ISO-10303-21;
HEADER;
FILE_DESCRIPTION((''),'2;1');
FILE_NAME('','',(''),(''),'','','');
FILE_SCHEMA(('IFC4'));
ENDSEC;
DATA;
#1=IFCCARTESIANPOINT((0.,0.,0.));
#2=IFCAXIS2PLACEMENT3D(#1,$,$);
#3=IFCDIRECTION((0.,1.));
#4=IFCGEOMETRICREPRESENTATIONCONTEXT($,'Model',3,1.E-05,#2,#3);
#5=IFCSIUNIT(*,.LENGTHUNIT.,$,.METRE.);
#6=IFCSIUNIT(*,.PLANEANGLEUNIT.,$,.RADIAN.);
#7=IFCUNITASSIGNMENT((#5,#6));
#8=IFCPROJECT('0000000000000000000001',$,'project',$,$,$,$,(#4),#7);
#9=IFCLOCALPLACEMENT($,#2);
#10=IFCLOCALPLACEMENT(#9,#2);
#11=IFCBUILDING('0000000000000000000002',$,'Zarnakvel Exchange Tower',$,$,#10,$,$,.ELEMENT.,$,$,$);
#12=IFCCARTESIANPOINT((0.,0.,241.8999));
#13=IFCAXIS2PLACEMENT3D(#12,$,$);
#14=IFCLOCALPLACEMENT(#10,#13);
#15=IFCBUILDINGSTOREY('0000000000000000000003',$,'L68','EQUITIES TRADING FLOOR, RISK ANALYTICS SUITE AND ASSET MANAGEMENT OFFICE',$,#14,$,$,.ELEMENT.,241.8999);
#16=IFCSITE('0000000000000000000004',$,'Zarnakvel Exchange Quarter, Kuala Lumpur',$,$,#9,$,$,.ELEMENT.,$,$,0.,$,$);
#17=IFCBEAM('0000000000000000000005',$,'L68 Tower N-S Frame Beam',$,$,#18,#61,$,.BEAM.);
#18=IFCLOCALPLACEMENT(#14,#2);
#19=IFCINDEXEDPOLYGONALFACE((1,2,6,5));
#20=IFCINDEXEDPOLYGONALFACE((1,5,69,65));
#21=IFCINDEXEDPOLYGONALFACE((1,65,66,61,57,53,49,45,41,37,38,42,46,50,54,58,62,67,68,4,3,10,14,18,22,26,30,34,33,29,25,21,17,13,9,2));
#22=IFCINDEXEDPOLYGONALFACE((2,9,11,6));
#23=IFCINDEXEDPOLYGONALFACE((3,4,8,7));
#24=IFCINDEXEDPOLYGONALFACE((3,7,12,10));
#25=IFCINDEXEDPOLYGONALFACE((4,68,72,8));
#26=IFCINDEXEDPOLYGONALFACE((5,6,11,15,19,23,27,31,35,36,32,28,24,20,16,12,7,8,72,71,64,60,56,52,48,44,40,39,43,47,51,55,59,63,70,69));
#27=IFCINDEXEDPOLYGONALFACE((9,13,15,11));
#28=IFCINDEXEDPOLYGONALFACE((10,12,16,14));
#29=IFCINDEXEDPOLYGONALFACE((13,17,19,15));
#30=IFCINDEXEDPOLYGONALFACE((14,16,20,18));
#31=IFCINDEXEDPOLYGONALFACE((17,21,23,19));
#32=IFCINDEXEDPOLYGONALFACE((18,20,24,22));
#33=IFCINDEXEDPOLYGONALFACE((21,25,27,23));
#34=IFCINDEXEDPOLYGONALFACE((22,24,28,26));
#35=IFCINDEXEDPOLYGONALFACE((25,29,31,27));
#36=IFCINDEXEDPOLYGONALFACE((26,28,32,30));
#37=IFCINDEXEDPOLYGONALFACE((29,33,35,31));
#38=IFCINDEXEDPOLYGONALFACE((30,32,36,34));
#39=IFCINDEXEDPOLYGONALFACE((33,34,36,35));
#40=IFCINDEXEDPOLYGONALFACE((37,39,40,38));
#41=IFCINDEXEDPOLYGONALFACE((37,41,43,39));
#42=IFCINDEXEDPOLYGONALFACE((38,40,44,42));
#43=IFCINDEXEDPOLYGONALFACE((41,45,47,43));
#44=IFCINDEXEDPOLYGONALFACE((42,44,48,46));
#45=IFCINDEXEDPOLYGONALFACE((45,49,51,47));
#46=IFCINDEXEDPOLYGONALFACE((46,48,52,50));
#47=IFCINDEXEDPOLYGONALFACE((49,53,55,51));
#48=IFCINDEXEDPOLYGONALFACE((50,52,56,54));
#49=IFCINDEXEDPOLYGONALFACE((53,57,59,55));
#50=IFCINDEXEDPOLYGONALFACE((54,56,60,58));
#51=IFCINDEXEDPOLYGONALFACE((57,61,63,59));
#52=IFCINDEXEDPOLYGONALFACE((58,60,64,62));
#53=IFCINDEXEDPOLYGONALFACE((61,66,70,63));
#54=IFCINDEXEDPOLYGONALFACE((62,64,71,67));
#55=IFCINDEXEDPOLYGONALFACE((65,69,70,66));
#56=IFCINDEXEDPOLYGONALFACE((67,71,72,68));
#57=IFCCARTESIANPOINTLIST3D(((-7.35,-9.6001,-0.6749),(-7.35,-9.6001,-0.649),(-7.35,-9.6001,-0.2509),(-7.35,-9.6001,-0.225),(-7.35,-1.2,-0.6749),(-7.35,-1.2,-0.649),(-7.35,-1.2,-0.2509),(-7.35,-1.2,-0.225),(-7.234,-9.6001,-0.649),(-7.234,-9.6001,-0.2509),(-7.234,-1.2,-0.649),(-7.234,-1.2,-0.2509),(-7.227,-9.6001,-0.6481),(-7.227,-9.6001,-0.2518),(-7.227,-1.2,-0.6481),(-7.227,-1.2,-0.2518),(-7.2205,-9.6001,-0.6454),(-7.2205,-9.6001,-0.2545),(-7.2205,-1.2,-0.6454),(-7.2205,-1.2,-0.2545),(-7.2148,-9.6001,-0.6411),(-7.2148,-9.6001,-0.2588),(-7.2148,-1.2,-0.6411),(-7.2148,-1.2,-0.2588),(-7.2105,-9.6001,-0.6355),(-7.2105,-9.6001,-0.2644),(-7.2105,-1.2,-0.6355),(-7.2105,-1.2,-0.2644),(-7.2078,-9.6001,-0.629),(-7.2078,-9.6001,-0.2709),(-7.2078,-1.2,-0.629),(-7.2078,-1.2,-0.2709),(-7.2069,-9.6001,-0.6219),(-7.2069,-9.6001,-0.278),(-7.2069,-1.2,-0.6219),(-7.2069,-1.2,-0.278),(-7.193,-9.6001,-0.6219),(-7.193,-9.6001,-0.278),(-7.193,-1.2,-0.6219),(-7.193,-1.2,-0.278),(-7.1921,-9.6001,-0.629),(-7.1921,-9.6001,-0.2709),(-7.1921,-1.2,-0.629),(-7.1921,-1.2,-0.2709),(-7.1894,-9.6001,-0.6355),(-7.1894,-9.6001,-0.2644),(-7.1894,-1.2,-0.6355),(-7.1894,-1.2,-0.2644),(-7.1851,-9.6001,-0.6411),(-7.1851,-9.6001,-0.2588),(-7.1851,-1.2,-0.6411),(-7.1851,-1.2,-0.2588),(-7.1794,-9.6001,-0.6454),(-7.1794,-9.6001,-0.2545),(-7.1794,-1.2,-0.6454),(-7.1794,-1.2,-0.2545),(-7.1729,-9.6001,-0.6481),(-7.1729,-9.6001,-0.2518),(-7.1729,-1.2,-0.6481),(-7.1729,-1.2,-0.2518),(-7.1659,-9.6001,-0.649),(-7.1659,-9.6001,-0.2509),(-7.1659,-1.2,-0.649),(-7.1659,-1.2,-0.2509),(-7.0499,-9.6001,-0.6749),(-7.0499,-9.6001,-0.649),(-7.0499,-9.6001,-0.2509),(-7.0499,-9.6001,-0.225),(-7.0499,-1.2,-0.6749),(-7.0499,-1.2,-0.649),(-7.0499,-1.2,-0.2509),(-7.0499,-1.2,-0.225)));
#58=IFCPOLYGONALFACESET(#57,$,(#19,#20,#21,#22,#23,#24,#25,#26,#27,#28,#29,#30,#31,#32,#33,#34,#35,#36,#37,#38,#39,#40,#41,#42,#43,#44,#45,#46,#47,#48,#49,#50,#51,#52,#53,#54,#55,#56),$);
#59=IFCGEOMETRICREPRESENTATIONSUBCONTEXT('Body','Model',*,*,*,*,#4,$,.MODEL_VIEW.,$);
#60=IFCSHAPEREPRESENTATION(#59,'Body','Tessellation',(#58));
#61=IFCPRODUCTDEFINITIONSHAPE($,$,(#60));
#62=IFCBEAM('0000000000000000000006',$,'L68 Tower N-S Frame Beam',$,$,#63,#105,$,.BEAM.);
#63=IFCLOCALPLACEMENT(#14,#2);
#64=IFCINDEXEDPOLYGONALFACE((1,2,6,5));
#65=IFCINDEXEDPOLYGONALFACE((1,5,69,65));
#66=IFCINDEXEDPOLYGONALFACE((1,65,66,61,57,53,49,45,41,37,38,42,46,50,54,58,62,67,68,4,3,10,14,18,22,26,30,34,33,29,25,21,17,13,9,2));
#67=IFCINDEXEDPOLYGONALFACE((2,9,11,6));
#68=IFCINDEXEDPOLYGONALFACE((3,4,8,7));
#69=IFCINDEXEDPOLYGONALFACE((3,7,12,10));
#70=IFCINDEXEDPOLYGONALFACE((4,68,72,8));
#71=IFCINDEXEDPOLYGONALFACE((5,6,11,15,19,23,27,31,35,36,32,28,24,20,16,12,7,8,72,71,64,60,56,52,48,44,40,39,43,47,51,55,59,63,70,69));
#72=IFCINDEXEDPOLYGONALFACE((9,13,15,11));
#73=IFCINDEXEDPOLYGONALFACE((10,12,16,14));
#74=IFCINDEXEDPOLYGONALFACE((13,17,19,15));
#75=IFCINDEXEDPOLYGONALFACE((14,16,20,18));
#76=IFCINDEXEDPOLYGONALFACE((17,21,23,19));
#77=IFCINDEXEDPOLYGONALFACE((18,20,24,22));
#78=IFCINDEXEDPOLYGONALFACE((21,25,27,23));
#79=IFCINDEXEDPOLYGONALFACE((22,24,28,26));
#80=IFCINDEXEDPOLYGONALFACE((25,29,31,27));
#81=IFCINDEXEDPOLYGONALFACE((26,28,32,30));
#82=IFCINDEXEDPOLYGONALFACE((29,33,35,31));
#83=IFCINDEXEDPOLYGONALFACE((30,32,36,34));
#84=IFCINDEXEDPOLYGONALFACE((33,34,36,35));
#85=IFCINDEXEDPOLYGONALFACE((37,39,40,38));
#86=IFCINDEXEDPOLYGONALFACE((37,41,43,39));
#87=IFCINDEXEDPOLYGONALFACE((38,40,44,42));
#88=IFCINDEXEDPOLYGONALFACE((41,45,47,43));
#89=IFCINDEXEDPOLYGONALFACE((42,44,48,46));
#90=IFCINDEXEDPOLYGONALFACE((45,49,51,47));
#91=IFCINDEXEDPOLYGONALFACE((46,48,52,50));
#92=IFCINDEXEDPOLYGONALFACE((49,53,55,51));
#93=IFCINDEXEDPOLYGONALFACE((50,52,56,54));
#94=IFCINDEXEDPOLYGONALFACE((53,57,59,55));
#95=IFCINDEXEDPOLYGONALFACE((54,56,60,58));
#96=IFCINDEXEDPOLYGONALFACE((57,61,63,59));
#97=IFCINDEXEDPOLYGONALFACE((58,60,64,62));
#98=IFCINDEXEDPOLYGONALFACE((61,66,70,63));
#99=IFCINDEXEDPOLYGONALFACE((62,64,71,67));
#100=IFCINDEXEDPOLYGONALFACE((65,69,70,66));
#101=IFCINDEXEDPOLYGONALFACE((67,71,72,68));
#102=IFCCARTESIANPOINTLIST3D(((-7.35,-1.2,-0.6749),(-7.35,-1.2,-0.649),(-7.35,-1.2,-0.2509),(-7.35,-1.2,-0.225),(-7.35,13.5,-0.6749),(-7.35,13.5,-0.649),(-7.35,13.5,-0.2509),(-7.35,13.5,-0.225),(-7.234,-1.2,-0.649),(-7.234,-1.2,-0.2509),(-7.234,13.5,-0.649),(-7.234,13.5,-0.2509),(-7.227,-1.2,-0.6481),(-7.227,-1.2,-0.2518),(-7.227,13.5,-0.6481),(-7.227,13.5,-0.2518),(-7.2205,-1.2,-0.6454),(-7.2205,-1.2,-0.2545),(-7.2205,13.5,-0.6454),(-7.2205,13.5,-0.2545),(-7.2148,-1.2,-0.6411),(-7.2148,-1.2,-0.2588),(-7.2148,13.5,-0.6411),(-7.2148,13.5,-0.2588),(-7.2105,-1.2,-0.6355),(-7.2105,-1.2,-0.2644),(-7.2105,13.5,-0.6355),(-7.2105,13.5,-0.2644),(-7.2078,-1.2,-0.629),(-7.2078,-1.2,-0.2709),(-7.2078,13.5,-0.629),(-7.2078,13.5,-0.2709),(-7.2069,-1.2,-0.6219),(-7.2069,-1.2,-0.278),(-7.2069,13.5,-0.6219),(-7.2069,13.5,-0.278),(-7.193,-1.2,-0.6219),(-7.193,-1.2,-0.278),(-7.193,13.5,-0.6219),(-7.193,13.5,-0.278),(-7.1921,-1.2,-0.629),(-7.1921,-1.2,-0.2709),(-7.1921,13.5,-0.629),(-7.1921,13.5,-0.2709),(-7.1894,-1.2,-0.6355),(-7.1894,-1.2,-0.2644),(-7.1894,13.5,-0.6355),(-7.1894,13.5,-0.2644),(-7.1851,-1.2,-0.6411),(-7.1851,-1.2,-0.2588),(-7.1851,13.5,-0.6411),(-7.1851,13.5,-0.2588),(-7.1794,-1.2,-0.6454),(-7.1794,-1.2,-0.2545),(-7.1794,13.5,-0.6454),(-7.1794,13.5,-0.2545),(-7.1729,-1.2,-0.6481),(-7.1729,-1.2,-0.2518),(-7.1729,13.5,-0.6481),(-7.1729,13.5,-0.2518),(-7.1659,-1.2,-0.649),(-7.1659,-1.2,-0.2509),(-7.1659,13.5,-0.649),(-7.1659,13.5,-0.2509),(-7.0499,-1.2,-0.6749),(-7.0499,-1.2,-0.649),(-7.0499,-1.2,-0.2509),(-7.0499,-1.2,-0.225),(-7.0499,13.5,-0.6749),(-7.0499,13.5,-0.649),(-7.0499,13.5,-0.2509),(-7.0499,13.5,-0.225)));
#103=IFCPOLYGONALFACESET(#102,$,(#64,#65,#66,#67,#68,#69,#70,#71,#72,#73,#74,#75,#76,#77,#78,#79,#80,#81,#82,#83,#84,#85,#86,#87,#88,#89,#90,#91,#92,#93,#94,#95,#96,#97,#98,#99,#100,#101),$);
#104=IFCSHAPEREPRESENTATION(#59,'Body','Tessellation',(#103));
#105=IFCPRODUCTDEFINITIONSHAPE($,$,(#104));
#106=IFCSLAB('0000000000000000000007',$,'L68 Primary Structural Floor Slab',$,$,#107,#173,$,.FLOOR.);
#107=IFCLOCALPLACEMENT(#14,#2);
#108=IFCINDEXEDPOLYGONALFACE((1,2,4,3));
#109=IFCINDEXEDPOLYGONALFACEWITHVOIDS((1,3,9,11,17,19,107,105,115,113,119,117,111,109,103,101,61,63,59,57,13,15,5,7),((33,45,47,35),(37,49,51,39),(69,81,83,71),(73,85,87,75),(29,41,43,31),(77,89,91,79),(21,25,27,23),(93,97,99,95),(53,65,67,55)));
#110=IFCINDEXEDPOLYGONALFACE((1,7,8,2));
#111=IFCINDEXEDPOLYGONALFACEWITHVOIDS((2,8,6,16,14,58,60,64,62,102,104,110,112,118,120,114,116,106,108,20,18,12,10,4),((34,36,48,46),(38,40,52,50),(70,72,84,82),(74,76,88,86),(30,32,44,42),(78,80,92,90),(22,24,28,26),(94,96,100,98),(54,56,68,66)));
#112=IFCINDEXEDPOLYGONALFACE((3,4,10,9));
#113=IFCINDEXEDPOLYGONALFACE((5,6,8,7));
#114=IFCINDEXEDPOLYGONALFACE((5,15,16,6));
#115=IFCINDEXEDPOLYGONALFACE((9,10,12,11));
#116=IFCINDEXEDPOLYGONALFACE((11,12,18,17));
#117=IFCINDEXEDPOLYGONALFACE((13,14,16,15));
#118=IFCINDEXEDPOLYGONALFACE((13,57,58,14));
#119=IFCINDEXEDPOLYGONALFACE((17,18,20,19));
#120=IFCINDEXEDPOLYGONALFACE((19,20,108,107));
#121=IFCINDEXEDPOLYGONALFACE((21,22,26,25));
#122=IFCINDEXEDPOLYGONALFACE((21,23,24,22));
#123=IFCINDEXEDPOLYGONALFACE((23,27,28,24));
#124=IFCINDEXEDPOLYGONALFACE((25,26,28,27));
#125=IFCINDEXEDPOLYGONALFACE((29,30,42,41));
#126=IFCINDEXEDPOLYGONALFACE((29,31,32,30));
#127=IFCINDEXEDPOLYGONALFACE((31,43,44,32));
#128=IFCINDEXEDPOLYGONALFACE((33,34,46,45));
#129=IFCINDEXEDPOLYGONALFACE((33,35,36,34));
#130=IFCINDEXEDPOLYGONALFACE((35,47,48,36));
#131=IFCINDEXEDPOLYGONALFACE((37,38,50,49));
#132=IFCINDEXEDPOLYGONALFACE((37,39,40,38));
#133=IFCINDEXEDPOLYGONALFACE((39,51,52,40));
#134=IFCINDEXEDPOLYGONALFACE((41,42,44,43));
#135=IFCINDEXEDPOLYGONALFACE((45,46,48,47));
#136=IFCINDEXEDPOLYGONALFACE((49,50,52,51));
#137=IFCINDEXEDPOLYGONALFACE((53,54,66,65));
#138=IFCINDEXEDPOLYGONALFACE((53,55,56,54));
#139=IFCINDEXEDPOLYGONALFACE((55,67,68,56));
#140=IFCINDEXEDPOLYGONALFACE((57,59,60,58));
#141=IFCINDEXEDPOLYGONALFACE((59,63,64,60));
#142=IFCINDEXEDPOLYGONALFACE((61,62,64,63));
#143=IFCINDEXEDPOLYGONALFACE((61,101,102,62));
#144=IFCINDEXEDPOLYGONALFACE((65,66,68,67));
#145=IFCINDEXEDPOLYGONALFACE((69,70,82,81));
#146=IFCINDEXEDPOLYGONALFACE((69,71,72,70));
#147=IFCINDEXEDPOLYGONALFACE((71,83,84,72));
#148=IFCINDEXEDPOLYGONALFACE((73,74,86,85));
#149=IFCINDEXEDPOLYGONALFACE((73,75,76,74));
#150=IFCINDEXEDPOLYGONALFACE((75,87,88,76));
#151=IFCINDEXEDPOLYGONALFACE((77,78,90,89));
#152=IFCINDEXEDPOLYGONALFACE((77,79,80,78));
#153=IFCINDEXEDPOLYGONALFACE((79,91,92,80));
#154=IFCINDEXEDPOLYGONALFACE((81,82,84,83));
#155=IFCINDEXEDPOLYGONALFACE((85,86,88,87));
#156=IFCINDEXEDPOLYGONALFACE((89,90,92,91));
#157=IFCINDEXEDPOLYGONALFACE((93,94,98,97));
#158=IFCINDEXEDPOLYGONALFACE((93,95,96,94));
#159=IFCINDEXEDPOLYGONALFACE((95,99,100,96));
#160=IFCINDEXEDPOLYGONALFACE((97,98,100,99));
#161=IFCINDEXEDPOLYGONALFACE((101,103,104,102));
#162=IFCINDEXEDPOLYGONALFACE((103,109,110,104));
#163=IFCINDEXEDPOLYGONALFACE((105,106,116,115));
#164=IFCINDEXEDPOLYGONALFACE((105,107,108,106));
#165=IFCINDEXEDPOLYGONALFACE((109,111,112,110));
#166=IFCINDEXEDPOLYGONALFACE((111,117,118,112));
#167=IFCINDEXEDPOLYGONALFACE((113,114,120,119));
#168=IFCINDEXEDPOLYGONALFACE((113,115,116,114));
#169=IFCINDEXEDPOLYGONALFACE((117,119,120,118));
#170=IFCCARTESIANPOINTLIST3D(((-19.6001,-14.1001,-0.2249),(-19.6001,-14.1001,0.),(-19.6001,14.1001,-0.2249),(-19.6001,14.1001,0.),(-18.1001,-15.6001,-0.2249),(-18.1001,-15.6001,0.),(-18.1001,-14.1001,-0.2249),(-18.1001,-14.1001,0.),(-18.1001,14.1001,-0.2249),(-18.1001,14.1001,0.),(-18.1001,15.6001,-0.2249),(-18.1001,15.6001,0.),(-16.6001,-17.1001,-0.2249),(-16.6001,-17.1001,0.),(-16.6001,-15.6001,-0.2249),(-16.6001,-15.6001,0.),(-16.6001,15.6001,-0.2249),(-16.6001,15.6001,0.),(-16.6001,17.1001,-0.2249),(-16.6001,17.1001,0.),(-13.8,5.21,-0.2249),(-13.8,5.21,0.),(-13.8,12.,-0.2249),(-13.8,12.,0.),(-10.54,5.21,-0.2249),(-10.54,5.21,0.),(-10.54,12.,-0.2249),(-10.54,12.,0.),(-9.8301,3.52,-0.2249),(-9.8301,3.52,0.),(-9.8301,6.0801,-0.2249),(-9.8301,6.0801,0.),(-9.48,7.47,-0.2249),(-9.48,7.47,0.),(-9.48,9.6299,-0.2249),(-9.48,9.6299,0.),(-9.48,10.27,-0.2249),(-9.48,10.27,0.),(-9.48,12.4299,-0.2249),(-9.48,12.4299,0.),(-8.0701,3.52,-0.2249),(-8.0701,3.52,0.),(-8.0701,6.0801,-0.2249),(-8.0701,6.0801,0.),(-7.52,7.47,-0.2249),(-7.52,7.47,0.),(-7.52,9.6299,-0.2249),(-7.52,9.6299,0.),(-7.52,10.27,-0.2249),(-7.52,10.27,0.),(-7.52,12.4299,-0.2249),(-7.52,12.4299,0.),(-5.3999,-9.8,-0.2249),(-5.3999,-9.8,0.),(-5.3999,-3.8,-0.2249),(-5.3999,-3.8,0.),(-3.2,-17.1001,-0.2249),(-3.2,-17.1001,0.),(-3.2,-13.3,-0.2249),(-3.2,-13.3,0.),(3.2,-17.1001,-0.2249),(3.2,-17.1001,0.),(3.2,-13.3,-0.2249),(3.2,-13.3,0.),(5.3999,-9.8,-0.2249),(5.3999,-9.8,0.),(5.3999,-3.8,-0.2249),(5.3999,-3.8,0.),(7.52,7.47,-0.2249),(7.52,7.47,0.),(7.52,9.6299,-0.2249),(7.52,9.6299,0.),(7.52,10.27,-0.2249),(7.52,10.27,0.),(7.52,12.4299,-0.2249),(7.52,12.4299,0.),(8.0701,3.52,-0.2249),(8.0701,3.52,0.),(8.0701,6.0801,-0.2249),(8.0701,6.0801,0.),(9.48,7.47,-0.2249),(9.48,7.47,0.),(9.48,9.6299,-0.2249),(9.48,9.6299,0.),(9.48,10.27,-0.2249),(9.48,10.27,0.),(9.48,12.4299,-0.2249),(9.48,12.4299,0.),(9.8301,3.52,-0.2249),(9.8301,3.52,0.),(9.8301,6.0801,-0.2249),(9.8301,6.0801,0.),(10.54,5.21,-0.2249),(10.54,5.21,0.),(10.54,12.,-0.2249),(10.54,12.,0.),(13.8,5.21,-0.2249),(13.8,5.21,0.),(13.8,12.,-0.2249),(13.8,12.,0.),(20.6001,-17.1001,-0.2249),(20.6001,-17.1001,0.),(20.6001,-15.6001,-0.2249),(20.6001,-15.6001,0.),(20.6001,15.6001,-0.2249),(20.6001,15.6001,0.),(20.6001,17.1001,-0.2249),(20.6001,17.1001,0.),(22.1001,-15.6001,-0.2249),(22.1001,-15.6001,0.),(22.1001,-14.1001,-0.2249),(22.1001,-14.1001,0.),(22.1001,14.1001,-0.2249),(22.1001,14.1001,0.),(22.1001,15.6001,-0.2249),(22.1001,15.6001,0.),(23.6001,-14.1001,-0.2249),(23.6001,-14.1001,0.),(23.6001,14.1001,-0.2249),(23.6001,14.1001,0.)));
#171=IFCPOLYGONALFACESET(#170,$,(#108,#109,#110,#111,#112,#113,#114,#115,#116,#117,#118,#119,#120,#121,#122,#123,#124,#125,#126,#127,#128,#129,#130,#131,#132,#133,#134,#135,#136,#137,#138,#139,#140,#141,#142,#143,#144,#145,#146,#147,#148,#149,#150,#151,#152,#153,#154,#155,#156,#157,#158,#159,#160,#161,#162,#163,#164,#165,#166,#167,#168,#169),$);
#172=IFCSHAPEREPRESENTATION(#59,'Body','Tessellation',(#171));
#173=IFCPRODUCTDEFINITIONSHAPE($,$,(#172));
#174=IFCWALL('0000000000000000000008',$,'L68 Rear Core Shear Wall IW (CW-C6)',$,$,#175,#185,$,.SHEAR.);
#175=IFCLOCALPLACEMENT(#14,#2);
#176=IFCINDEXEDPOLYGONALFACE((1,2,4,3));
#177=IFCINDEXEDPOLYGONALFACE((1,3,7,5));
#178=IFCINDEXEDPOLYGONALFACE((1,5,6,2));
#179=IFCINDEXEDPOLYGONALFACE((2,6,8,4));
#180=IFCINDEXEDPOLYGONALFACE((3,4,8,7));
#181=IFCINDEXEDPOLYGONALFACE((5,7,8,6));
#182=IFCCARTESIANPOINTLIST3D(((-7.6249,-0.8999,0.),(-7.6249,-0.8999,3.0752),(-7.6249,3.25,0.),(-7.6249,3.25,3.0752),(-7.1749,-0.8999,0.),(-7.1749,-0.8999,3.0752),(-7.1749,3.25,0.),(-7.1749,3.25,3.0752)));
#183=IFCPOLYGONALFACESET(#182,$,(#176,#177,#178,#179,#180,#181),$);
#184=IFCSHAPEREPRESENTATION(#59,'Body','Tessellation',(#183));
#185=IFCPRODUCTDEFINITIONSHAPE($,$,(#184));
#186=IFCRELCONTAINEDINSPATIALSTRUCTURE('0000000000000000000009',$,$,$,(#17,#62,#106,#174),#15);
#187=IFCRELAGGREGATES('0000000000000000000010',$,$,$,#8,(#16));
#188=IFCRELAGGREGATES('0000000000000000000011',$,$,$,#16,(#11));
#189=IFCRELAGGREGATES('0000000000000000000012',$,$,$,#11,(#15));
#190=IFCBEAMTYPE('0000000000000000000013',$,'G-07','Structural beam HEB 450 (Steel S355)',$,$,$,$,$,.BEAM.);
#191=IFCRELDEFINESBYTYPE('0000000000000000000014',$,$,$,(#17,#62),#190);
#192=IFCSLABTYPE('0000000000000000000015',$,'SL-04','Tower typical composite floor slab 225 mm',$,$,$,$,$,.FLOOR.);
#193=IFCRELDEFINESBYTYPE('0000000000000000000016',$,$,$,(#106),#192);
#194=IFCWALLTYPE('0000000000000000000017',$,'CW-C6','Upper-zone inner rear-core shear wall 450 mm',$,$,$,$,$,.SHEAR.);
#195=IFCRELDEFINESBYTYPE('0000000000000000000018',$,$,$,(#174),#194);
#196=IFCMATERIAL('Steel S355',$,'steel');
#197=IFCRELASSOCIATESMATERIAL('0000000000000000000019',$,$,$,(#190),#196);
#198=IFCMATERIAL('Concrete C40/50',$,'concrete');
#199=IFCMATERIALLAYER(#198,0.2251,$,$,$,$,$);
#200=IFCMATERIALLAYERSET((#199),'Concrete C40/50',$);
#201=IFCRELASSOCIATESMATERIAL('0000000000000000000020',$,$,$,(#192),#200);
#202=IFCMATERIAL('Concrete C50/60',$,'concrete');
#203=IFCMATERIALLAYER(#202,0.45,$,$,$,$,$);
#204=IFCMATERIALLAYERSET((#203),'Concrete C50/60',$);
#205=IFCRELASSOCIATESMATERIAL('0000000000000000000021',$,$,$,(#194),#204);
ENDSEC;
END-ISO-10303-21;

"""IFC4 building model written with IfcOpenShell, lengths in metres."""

from ifc_helpers import new_model, si_unit, direction, frame, frame_2d, origin, origin_2d, place, context, subcontext, project, spatial, polyline, rectangle, i_section, outline, extrude, material, layer, layer_set, material_profile, profile_set, type_object, element, save


model = new_model("IFC4")

# Units and contexts
model_context = context("Model", 3, precision=1e-05, world=origin(), true_north=direction((0.0, 1.0)))
body_context = subcontext(model_context, "Body", "Model", "MODEL_VIEW")
ifc_project = project(units=[si_unit("LENGTHUNIT", "METRE"), si_unit("PLANEANGLEUNIT", "RADIAN")], contexts=[model_context])

# Site, building, storey
site_placement = place(None, origin())
site = spatial("IfcSite", under=ifc_project, at=site_placement, Name="Zarnakvel Exchange Quarter, Kuala Lumpur", CompositionType="ELEMENT", RefElevation=0.0)
building_placement = place(site_placement, origin())
building = spatial("IfcBuilding", under=site, at=building_placement, Name="Zarnakvel Exchange Tower", CompositionType="ELEMENT")
storey_placement = place(building_placement, frame((0.0, 0.0, 241.8999)))
storey = spatial("IfcBuildingStorey", under=building, at=storey_placement, Name="L68", Description="EQUITIES TRADING FLOOR, RISK ANALYTICS SUITE AND ASSET MANAGEMENT OFFICE", CompositionType="ELEMENT", Elevation=241.8999)

# Shared definitions
ifc_material_1 = material(Name="Concrete C50/60", Category="concrete")

# Beams
ifc_material_2 = material(Name="Steel S355", Category="steel")
ifc_material_profile_1 = material_profile(ifc_material_2, i_section(OverallWidth=0.3, OverallDepth=0.45, WebThickness=0.0139, FlangeThickness=0.0259, FilletRadius=0.0271, at=origin_2d()))
ifc_profile_set_1 = profile_set([ifc_material_profile_1], Name="Steel S355")
beam_type_1 = type_object("IfcBeamType", Name="G-07", Description="Structural beam HEB 450 (Steel S355)", PredefinedType="BEAM", material=ifc_profile_set_1)
beam_1_placement = place(storey_placement, frame((-7.2, -9.6001, -0.45), z_axis=(0.0, 1.0, 0.0), x_axis=(-1.0, 0.0, 0.0)))
element("IfcBeam", 1, at=beam_1_placement, inside=storey, type_object=beam_type_1, Name="L68 Tower N-S Frame Beam", PredefinedType="BEAM", context=body_context, shape_type="SweptSolid", body=[
    extrude(i_section(OverallWidth=0.3, OverallDepth=0.45, WebThickness=0.0139, FlangeThickness=0.0259, FilletRadius=0.0271, at=origin_2d()), origin(), (0.0, 0.0, 1.0), 8.4001),
])
beam_2_placement = place(storey_placement, frame((-7.2, -1.2, -0.45), z_axis=(0.0, 1.0, 0.0), x_axis=(-1.0, 0.0, 0.0)))
element("IfcBeam", 2, at=beam_2_placement, inside=storey, type_object=beam_type_1, Name="L68 Tower N-S Frame Beam", PredefinedType="BEAM", context=body_context, shape_type="SweptSolid", body=[
    extrude(i_section(OverallWidth=0.3, OverallDepth=0.45, WebThickness=0.0139, FlangeThickness=0.0259, FilletRadius=0.0271, at=origin_2d()), origin(), (0.0, 0.0, 1.0), 14.7),
])

# Slab
ifc_material_3 = material(Name="Concrete C40/50", Category="concrete")
ifc_layer_1 = layer(ifc_material_3, 0.2251)
ifc_layer_set_1 = layer_set([ifc_layer_1], Name="Concrete C40/50")
slab_type = type_object("IfcSlabType", Name="SL-04", Description="Tower typical composite floor slab 225 mm", PredefinedType="FLOOR", material=ifc_layer_set_1)
slab_placement = place(storey_placement, frame((0.0, 0.0, -0.2249)))
element("IfcSlab", 3, at=slab_placement, inside=storey, type_object=slab_type, Name="L68 Primary Structural Floor Slab", PredefinedType="FLOOR", context=body_context, shape_type="SweptSolid", body=[
    extrude(outline(polyline([(-19.6001, -14.1001), (-18.1001, -14.1001), (-18.1001, -15.6001), (-16.6001, -15.6001), (-16.6001, -17.1001), (-3.2, -17.1001), (-3.2, -13.3), (3.2, -13.3), (3.2, -17.1001), (20.6001, -17.1001), (20.6001, -15.6001), (22.1001, -15.6001), (22.1001, -14.1001), (23.6001, -14.1001), (23.6001, 14.1001), (22.1001, 14.1001), (22.1001, 15.6001), (20.6001, 15.6001), (20.6001, 17.1001), (-16.6001, 17.1001), (-16.6001, 15.6001), (-18.1001, 15.6001), (-18.1001, 14.1001), (-19.6001, 14.1001), (-19.6001, -14.1001)]), holes=[polyline([(-5.3999, -9.8), (5.3999, -9.8), (5.3999, -3.8), (-5.3999, -3.8), (-5.3999, -9.8)]), polyline([(-13.8, 5.21), (-10.54, 5.21), (-10.54, 12.0), (-13.8, 12.0), (-13.8, 5.21)]), polyline([(10.54, 5.21), (13.8, 5.21), (13.8, 12.0), (10.54, 12.0), (10.54, 5.21)]), polyline([(-9.8301, 3.52), (-8.0701, 3.52), (-8.0701, 6.0801), (-9.8301, 6.0801), (-9.8301, 3.52)]), polyline([(8.0701, 3.52), (9.8301, 3.52), (9.8301, 6.0801), (8.0701, 6.0801), (8.0701, 3.52)]), polyline([(-9.48, 7.47), (-7.52, 7.47), (-7.52, 9.6299), (-9.48, 9.6299), (-9.48, 7.47)]), polyline([(-9.48, 10.27), (-7.52, 10.27), (-7.52, 12.4299), (-9.48, 12.4299), (-9.48, 10.27)]), polyline([(7.52, 7.47), (9.48, 7.47), (9.48, 9.6299), (7.52, 9.6299), (7.52, 7.47)]), polyline([(7.52, 10.27), (9.48, 10.27), (9.48, 12.4299), (7.52, 12.4299), (7.52, 10.27)])]), origin(), (0.0, 0.0, 1.0), 0.2249),
])

# Wall
ifc_layer_2 = layer(ifc_material_1, 0.45)
ifc_layer_set_2 = layer_set([ifc_layer_2], Name="Concrete C50/60")
wall_type_1 = type_object("IfcWallType", Name="CW-C6", Description="Upper-zone inner rear-core shear wall 450 mm", PredefinedType="SHEAR", material=ifc_layer_set_2)
wall_1_placement = place(storey_placement, frame((-7.3999, -0.8999, 0.0), z_axis=(0.0, 0.0, 1.0), x_axis=(0.0, 1.0, 0.0)))
element("IfcWall", 4, at=wall_1_placement, inside=storey, type_object=wall_type_1, Name="L68 Rear Core Shear Wall IW (CW-C6)", PredefinedType="SHEAR", context=body_context, shape_type="SweptSolid", body=[
    extrude(rectangle(XDim=4.1499, YDim=0.45, at=frame_2d((2.075, 0.0))), origin(), (0.0, 0.0, 1.0), 3.0752),
])

save(model, "model.ifc")
